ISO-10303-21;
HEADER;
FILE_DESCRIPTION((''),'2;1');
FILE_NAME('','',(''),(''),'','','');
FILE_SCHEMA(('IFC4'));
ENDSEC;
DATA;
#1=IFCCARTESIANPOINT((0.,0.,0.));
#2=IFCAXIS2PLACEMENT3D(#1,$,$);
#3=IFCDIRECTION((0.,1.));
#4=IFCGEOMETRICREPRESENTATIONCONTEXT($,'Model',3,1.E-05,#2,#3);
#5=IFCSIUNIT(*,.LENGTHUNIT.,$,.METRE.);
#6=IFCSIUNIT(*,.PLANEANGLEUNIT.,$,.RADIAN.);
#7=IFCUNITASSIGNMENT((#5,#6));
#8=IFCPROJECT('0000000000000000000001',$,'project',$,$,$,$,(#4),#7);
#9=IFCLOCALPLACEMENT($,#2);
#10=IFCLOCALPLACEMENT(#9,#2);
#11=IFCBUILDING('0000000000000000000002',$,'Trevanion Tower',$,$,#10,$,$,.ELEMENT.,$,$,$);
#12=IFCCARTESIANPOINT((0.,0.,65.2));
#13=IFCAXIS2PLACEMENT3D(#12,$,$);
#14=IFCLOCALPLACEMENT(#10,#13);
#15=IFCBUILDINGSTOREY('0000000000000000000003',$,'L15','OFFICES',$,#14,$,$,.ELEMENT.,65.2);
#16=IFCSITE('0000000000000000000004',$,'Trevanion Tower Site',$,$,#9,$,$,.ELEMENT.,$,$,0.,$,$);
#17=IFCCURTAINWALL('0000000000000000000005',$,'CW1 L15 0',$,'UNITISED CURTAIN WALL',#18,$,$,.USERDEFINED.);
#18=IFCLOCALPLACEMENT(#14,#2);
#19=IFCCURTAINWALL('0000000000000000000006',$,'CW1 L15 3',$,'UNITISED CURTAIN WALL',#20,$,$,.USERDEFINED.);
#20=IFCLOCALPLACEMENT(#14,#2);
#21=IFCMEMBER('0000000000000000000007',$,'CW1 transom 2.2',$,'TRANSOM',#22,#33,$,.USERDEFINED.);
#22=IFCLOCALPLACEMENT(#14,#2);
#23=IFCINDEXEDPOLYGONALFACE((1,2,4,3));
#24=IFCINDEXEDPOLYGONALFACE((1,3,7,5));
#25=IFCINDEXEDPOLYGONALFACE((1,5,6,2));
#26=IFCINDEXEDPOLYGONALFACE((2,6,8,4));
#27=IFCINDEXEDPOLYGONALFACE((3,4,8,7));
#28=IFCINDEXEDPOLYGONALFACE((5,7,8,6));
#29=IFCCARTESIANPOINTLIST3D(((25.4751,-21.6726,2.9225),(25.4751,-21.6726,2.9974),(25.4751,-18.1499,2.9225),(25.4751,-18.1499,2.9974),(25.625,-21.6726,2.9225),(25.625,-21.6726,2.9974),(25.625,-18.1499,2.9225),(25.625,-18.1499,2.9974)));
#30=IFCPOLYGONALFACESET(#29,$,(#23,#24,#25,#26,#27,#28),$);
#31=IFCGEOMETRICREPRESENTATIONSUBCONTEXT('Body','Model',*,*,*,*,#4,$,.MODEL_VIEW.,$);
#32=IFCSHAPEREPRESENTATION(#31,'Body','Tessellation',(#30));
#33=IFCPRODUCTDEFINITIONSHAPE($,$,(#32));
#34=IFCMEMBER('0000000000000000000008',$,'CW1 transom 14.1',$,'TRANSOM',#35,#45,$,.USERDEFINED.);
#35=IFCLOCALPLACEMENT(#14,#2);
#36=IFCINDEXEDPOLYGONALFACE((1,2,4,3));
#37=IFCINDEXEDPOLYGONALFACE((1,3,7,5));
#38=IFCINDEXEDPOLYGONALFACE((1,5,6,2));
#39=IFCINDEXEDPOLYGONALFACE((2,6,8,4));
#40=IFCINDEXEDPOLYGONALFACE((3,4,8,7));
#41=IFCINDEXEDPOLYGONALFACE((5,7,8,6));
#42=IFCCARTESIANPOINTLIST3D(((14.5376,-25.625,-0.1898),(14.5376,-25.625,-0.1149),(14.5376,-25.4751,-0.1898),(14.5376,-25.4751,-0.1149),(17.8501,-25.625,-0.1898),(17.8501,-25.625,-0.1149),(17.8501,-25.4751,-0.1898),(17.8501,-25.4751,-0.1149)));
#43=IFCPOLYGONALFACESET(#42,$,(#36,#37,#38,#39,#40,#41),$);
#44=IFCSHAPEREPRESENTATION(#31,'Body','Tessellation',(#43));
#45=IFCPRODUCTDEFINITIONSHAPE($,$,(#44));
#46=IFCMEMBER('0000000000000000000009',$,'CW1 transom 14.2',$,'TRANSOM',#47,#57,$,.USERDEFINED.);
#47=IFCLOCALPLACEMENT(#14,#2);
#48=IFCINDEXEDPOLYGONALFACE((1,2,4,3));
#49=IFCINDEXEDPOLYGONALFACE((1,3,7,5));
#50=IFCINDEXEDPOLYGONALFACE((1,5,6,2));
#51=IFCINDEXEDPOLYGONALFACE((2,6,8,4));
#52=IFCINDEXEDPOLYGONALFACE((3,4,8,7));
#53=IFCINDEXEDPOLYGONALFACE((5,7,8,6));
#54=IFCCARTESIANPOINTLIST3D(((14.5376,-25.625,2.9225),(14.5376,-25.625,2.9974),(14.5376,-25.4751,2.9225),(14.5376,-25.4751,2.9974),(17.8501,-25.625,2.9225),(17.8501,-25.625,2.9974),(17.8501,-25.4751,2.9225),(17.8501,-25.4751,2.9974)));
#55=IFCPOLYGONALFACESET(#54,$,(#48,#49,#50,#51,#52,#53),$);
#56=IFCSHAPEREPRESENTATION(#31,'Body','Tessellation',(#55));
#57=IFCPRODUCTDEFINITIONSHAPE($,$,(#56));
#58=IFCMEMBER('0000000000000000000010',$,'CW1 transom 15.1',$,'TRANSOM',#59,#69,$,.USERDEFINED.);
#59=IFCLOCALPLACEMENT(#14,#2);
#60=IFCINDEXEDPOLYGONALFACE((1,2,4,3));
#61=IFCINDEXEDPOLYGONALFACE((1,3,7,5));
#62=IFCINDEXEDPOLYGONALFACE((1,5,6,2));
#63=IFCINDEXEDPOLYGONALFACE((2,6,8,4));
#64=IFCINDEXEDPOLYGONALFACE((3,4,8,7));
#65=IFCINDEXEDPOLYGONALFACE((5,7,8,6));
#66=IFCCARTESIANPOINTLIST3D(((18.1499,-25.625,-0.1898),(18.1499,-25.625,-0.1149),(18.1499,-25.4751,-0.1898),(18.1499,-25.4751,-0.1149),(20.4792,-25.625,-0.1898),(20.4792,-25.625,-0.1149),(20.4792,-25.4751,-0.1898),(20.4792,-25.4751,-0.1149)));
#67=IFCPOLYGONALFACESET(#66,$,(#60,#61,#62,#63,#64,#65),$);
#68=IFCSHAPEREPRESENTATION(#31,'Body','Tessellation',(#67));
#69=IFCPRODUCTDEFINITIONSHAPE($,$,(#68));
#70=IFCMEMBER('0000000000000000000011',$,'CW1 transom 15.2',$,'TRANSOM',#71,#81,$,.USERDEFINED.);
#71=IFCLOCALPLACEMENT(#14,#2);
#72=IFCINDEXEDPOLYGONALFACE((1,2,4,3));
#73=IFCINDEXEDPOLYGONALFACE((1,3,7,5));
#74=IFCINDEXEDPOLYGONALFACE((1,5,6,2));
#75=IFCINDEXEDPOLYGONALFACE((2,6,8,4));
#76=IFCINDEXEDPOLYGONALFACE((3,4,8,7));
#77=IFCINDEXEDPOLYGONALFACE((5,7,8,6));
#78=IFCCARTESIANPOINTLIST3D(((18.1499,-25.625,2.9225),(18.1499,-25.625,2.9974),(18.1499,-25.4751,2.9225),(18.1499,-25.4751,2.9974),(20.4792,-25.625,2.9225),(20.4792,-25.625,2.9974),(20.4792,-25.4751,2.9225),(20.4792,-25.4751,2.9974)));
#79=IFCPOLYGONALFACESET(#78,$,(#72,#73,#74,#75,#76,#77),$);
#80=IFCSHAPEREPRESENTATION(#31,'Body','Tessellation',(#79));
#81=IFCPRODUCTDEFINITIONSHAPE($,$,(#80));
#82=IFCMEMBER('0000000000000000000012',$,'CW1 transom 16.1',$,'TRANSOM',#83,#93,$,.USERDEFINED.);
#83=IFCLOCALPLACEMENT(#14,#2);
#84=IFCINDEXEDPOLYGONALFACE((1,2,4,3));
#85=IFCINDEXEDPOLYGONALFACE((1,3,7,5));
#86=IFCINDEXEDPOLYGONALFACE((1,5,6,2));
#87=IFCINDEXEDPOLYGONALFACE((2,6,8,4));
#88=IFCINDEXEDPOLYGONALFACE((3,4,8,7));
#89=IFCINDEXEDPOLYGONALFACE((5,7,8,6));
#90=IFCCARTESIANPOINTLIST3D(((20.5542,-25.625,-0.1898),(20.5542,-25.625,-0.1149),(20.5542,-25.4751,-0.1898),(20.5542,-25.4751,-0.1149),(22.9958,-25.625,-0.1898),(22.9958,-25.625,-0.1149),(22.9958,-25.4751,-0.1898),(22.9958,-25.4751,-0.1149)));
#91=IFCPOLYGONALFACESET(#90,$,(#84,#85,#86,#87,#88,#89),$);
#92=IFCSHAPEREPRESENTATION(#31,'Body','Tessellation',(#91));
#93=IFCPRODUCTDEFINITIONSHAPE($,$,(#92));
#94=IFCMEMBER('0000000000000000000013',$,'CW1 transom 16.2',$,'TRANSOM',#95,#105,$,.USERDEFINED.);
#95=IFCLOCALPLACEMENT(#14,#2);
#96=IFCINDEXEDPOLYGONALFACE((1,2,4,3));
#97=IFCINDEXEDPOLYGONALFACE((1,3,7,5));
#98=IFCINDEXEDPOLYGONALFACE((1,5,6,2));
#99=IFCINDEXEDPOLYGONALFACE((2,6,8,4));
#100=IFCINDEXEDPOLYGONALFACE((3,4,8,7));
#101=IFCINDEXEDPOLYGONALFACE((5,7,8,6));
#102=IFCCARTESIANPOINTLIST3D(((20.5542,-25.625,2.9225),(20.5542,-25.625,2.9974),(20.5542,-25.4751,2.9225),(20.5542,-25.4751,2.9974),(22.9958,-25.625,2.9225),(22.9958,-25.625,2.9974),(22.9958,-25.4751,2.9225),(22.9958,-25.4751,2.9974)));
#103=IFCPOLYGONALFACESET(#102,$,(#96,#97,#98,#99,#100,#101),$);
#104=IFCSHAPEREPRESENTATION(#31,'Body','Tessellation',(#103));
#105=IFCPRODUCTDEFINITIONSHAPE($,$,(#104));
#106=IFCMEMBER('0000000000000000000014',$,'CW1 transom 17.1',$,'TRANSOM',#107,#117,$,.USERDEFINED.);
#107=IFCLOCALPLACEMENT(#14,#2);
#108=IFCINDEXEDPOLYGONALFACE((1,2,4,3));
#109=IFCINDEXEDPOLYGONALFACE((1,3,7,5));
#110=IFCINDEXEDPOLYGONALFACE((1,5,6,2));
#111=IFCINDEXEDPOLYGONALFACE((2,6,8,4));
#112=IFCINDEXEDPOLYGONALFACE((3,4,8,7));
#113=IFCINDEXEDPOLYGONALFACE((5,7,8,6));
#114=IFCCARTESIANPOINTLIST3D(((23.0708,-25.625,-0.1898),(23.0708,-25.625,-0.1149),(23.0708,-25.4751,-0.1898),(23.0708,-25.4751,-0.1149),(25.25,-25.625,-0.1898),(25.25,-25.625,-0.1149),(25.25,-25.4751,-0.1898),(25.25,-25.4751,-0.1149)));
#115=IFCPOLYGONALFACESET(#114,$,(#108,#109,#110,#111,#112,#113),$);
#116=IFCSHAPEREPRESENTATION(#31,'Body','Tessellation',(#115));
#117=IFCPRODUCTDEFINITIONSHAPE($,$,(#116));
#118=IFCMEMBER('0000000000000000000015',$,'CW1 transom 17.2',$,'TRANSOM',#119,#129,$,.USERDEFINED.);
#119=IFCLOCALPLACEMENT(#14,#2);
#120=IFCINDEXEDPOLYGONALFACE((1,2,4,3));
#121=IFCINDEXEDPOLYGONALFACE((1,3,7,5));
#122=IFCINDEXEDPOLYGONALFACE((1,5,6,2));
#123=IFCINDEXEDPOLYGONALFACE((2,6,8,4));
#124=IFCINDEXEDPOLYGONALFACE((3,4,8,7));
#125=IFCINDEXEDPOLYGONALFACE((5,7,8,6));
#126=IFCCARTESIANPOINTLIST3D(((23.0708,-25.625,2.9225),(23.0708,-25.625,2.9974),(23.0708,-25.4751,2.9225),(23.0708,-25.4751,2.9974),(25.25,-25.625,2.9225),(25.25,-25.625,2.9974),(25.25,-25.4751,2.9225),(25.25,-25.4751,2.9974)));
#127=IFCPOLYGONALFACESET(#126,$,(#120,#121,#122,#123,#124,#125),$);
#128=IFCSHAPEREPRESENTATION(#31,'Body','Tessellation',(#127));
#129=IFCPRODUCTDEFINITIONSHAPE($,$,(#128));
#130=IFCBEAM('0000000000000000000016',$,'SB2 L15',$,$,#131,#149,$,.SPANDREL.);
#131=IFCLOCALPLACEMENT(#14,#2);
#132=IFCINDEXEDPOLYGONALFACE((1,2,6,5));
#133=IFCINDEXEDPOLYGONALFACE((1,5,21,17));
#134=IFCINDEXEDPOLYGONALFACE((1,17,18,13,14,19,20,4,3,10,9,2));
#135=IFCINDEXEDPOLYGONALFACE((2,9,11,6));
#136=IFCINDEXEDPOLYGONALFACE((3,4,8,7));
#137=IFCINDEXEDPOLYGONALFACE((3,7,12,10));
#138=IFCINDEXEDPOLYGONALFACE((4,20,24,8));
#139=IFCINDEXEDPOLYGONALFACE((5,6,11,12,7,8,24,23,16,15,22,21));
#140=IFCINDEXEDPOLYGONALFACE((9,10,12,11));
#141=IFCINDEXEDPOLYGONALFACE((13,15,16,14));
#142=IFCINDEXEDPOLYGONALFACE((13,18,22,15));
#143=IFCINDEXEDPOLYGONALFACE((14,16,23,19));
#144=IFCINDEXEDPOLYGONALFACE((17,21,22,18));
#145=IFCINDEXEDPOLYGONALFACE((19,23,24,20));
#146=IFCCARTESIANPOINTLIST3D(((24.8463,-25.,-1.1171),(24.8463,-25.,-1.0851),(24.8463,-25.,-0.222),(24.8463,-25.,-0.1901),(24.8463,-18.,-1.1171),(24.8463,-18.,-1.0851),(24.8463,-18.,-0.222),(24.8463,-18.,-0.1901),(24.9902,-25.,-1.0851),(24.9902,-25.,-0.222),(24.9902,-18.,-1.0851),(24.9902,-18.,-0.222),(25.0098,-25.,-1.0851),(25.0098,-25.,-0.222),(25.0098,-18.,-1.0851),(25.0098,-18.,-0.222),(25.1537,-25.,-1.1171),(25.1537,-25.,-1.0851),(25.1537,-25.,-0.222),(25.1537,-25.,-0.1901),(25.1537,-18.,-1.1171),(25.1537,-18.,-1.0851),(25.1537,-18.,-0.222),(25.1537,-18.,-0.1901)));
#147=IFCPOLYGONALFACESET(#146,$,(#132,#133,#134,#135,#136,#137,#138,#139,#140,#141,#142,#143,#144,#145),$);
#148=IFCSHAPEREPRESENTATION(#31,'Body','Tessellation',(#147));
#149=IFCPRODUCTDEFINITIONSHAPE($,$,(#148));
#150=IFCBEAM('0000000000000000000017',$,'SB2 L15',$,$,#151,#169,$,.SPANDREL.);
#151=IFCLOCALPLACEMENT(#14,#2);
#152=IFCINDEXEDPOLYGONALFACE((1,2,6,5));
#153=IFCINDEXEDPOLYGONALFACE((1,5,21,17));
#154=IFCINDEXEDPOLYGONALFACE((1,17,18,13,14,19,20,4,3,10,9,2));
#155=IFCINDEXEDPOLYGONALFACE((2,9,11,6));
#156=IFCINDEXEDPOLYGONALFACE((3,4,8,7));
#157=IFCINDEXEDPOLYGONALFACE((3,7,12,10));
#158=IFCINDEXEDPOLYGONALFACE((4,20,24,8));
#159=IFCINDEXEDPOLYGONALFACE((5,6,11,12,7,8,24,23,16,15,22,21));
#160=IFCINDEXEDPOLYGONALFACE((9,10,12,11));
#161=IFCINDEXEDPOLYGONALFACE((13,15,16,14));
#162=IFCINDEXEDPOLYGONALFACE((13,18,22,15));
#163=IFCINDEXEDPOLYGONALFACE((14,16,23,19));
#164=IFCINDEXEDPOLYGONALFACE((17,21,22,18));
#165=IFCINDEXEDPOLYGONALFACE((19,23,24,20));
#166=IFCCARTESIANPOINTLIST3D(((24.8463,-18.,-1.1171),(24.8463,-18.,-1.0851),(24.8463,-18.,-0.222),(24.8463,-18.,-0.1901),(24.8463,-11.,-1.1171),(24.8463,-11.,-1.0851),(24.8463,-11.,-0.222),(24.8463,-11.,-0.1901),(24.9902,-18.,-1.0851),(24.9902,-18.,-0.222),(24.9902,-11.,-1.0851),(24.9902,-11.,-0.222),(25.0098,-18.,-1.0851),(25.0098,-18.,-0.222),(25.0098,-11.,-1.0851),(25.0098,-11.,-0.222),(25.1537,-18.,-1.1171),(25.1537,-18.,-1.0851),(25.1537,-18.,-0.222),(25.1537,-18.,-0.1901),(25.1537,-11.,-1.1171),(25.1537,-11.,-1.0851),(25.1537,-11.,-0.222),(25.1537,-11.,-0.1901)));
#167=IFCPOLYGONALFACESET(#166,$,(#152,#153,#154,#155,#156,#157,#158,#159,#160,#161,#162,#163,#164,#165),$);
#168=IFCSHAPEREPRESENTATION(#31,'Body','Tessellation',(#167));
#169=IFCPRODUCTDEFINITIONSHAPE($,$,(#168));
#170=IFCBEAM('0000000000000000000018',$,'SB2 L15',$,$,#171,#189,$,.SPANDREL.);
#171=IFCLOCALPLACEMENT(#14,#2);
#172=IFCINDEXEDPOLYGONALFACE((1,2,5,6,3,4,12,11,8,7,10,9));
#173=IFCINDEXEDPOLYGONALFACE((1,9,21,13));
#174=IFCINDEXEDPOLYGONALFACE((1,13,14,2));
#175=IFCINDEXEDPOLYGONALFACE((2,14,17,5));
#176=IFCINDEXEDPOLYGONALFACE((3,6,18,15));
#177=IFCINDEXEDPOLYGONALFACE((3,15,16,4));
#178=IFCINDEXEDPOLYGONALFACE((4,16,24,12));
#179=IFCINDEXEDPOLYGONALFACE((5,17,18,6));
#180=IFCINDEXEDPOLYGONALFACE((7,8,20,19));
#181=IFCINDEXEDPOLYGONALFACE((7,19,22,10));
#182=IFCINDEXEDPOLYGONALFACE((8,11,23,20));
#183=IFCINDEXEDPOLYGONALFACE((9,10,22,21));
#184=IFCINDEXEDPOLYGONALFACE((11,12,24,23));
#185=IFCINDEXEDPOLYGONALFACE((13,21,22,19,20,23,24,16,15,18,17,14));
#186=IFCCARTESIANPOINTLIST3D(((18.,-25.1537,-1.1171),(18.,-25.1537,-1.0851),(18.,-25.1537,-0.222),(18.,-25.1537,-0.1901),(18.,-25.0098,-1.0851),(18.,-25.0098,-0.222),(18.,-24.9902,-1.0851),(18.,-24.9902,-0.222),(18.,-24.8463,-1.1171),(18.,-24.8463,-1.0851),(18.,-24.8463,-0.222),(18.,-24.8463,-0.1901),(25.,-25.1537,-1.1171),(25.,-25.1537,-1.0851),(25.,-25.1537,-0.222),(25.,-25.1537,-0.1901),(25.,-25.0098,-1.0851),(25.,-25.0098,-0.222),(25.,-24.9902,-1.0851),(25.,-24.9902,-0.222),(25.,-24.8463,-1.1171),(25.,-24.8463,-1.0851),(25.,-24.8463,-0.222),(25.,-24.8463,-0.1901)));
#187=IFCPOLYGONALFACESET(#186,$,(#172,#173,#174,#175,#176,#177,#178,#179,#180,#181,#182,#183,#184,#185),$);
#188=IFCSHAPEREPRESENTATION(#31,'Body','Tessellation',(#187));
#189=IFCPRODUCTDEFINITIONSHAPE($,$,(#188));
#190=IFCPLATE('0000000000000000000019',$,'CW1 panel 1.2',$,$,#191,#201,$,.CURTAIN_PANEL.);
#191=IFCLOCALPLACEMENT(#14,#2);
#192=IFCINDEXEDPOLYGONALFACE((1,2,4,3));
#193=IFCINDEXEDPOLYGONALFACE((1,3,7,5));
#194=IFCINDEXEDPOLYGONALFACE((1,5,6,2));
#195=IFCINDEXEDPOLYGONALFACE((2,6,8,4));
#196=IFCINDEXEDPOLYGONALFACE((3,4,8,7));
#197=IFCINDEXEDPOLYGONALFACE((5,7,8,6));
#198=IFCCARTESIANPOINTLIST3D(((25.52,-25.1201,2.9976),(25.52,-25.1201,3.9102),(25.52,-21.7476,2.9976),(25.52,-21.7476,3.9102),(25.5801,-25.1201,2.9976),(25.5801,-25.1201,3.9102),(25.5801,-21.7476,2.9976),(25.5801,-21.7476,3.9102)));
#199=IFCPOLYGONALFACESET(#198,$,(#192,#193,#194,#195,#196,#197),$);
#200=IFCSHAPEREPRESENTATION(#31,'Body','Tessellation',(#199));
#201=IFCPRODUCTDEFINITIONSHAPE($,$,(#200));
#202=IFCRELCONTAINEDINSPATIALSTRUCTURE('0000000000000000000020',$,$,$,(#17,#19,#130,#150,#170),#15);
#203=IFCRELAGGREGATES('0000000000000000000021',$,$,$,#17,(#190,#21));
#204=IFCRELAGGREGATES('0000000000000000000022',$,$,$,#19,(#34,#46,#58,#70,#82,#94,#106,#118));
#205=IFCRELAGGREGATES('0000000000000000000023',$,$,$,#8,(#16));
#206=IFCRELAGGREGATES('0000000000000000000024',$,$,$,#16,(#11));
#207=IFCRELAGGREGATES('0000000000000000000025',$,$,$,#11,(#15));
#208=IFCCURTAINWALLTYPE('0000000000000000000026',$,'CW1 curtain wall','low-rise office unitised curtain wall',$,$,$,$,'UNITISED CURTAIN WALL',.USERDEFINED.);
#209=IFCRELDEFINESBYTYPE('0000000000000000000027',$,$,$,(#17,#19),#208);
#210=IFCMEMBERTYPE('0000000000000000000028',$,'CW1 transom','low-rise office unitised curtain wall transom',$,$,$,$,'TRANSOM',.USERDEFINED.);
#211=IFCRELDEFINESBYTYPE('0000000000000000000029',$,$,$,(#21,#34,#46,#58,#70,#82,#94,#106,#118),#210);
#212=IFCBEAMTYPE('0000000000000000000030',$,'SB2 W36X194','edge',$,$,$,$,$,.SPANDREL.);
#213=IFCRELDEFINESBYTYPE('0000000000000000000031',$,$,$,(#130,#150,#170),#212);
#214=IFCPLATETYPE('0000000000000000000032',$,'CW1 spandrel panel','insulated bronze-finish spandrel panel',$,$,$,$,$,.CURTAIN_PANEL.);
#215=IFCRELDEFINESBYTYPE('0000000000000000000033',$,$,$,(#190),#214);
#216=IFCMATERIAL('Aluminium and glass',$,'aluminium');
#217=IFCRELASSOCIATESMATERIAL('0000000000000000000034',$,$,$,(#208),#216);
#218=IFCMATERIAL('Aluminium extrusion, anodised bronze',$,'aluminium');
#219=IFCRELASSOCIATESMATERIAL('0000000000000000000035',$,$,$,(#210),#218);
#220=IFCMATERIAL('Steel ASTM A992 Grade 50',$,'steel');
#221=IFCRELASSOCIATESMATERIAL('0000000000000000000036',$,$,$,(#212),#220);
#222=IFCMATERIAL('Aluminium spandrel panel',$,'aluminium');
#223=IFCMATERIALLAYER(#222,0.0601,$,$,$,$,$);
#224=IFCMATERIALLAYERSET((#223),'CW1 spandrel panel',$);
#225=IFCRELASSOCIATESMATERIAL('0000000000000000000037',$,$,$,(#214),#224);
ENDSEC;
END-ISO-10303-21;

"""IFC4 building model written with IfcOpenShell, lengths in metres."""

from ifc_helpers import new_model, si_unit, direction, frame, origin, origin_2d, place, context, subcontext, project, spatial, rectangle, i_section, extrude, material, layer, layer_set, material_profile, profile_set, type_object, element, aggregate, save


model = new_model("IFC4")

# Units and contexts
model_context = context("Model", 3, precision=1e-05, world=origin(), true_north=direction((0.0, 1.0)))
body_context = subcontext(model_context, "Body", "Model", "MODEL_VIEW")
ifc_project = project(units=[si_unit("LENGTHUNIT", "METRE"), si_unit("PLANEANGLEUNIT", "RADIAN")], contexts=[model_context])

# Site, building, storey
site_placement = place(None, origin())
site = spatial("IfcSite", under=ifc_project, at=site_placement, Name="Trevanion Tower Site", CompositionType="ELEMENT", RefElevation=0.0)
building_placement = place(site_placement, origin())
building = spatial("IfcBuilding", under=site, at=building_placement, Name="Trevanion Tower", CompositionType="ELEMENT")
storey_placement = place(building_placement, frame((0.0, 0.0, 65.2)))
storey = spatial("IfcBuildingStorey", under=building, at=storey_placement, Name="L15", Description="OFFICES", CompositionType="ELEMENT", Elevation=65.2)

# Curtain wall
ifc_material_1 = material(Name="Aluminium and glass", Category="aluminium")
curtain_wall_type = type_object("IfcCurtainWallType", Name="CW1 curtain wall", Description="low-rise office unitised curtain wall", ElementType="UNITISED CURTAIN WALL", PredefinedType="USERDEFINED", material=ifc_material_1)
curtain_wall_1_placement = place(storey_placement, origin())
curtain_wall_1 = element("IfcCurtainWall", 1, at=curtain_wall_1_placement, inside=storey, type_object=curtain_wall_type, Name="CW1 L15 0", ObjectType="UNITISED CURTAIN WALL", PredefinedType="USERDEFINED")

# Curtain wall
curtain_wall_2_placement = place(storey_placement, origin())
curtain_wall_2 = element("IfcCurtainWall", 2, at=curtain_wall_2_placement, inside=storey, type_object=curtain_wall_type, Name="CW1 L15 3", ObjectType="UNITISED CURTAIN WALL", PredefinedType="USERDEFINED")

# Members
ifc_material_2 = material(Name="Aluminium extrusion, anodised bronze", Category="aluminium")
ifc_material_profile_1 = material_profile(ifc_material_2, rectangle(XDim=0.1499, YDim=0.075, at=origin_2d()), Name="CW1 transom")
ifc_profile_set_1 = profile_set([ifc_material_profile_1], Name="Aluminium extrusion, anodised bronze")
member_type_1 = type_object("IfcMemberType", Name="CW1 transom", Description="low-rise office unitised curtain wall transom", ElementType="TRANSOM", PredefinedType="USERDEFINED", material=ifc_profile_set_1)
member_1_placement = place(storey_placement, frame((25.55, -21.6726, 2.96), z_axis=(0.0, 1.0, 0.0), x_axis=(-1.0, 0.0, 0.0)))
member_1 = element("IfcMember", 3, at=member_1_placement, type_object=member_type_1, Name="CW1 transom 2.2", ObjectType="TRANSOM", PredefinedType="USERDEFINED", context=body_context, shape_type="SweptSolid", body=[
    extrude(rectangle(XDim=0.1499, YDim=0.075, at=origin_2d()), origin(), (0.0, 0.0, 1.0), 3.5227),
])
member_2_placement = place(storey_placement, frame((14.5376, -25.55, -0.1523), z_axis=(1.0, 0.0, 0.0), x_axis=(0.0, 1.0, 0.0)))
member_2 = element("IfcMember", 4, at=member_2_placement, type_object=member_type_1, Name="CW1 transom 14.1", ObjectType="TRANSOM", PredefinedType="USERDEFINED", context=body_context, shape_type="SweptSolid", body=[
    extrude(rectangle(XDim=0.1499, YDim=0.075, at=origin_2d()), origin(), (0.0, 0.0, 1.0), 3.3125),
])
member_3_placement = place(storey_placement, frame((14.5376, -25.55, 2.96), z_axis=(1.0, 0.0, 0.0), x_axis=(0.0, 1.0, 0.0)))
member_3 = element("IfcMember", 5, at=member_3_placement, type_object=member_type_1, Name="CW1 transom 14.2", ObjectType="TRANSOM", PredefinedType="USERDEFINED", context=body_context, shape_type="SweptSolid", body=[
    extrude(rectangle(XDim=0.1499, YDim=0.075, at=origin_2d()), origin(), (0.0, 0.0, 1.0), 3.3125),
])
member_4_placement = place(storey_placement, frame((18.1499, -25.55, -0.1523), z_axis=(1.0, 0.0, 0.0), x_axis=(0.0, 1.0, 0.0)))
member_4 = element("IfcMember", 6, at=member_4_placement, type_object=member_type_1, Name="CW1 transom 15.1", ObjectType="TRANSOM", PredefinedType="USERDEFINED", context=body_context, shape_type="SweptSolid", body=[
    extrude(rectangle(XDim=0.1499, YDim=0.075, at=origin_2d()), origin(), (0.0, 0.0, 1.0), 2.3293),
])
member_5_placement = place(storey_placement, frame((18.1499, -25.55, 2.96), z_axis=(1.0, 0.0, 0.0), x_axis=(0.0, 1.0, 0.0)))
member_5 = element("IfcMember", 7, at=member_5_placement, type_object=member_type_1, Name="CW1 transom 15.2", ObjectType="TRANSOM", PredefinedType="USERDEFINED", context=body_context, shape_type="SweptSolid", body=[
    extrude(rectangle(XDim=0.1499, YDim=0.075, at=origin_2d()), origin(), (0.0, 0.0, 1.0), 2.3293),
])
member_6_placement = place(storey_placement, frame((20.5542, -25.55, -0.1523), z_axis=(1.0, 0.0, 0.0), x_axis=(0.0, 1.0, 0.0)))
member_6 = element("IfcMember", 8, at=member_6_placement, type_object=member_type_1, Name="CW1 transom 16.1", ObjectType="TRANSOM", PredefinedType="USERDEFINED", context=body_context, shape_type="SweptSolid", body=[
    extrude(rectangle(XDim=0.1499, YDim=0.075, at=origin_2d()), origin(), (0.0, 0.0, 1.0), 2.4417),
])
member_7_placement = place(storey_placement, frame((20.5542, -25.55, 2.96), z_axis=(1.0, 0.0, 0.0), x_axis=(0.0, 1.0, 0.0)))
member_7 = element("IfcMember", 9, at=member_7_placement, type_object=member_type_1, Name="CW1 transom 16.2", ObjectType="TRANSOM", PredefinedType="USERDEFINED", context=body_context, shape_type="SweptSolid", body=[
    extrude(rectangle(XDim=0.1499, YDim=0.075, at=origin_2d()), origin(), (0.0, 0.0, 1.0), 2.4417),
])
member_8_placement = place(storey_placement, frame((23.0708, -25.55, -0.1523), z_axis=(1.0, 0.0, 0.0), x_axis=(0.0, 1.0, 0.0)))
member_8 = element("IfcMember", 10, at=member_8_placement, type_object=member_type_1, Name="CW1 transom 17.1", ObjectType="TRANSOM", PredefinedType="USERDEFINED", context=body_context, shape_type="SweptSolid", body=[
    extrude(rectangle(XDim=0.1499, YDim=0.075, at=origin_2d()), origin(), (0.0, 0.0, 1.0), 2.1792),
])
member_9_placement = place(storey_placement, frame((23.0708, -25.55, 2.96), z_axis=(1.0, 0.0, 0.0), x_axis=(0.0, 1.0, 0.0)))
member_9 = element("IfcMember", 11, at=member_9_placement, type_object=member_type_1, Name="CW1 transom 17.2", ObjectType="TRANSOM", PredefinedType="USERDEFINED", context=body_context, shape_type="SweptSolid", body=[
    extrude(rectangle(XDim=0.1499, YDim=0.075, at=origin_2d()), origin(), (0.0, 0.0, 1.0), 2.1792),
])

# Beams
ifc_material_3 = material(Name="Steel ASTM A992 Grade 50", Category="steel")
ifc_material_profile_2 = material_profile(ifc_material_3, i_section(OverallWidth=0.3074, OverallDepth=0.927, WebThickness=0.0195, FlangeThickness=0.032, at=origin_2d()), Name="W36X194")
ifc_profile_set_2 = profile_set([ifc_material_profile_2], Name="Steel ASTM A992 Grade 50")
beam_type = type_object("IfcBeamType", Name="SB2 W36X194", Description="edge", PredefinedType="SPANDREL", material=ifc_profile_set_2)
for number, where, z_axis, x_axis, name in (
    (12, (25.0, -25.0, -0.6536), (0.0, 1.0, 0.0), (-1.0, 0.0, 0.0), "SB2 L15"),
    (13, (25.0, -18.0, -0.6536), (0.0, 1.0, 0.0), (-1.0, 0.0, 0.0), "SB2 L15"),
    (14, (18.0, -25.0, -0.6536), (1.0, 0.0, 0.0), (0.0, 1.0, 0.0), "SB2 L15"),
):
    element("IfcBeam", number, at=place(storey_placement, frame(where, z_axis=z_axis, x_axis=x_axis)), inside=storey, type_object=beam_type, Name=name, PredefinedType="SPANDREL", context=body_context, shape_type="SweptSolid", body=[
        extrude(i_section(OverallWidth=0.3074, OverallDepth=0.927, WebThickness=0.0195, FlangeThickness=0.032, at=origin_2d()), origin(), (0.0, 0.0, 1.0), 7.0),
    ])

# Plate
ifc_material_4 = material(Name="Aluminium spandrel panel", Category="aluminium")
ifc_layer_1 = layer(ifc_material_4, 0.0601)
ifc_layer_set_1 = layer_set([ifc_layer_1], Name="CW1 spandrel panel")
plate_type_1 = type_object("IfcPlateType", Name="CW1 spandrel panel", Description="insulated bronze-finish spandrel panel", PredefinedType="CURTAIN_PANEL", material=ifc_layer_set_1)
plate_1_placement = place(storey_placement, frame((25.55, -23.4338, 2.9976), z_axis=(0.0, 0.0, 1.0), x_axis=(0.0, 1.0, 0.0)))
plate_1 = element("IfcPlate", 15, at=plate_1_placement, type_object=plate_type_1, Name="CW1 panel 1.2", PredefinedType="CURTAIN_PANEL", context=body_context, shape_type="SweptSolid", body=[
    extrude(rectangle(XDim=3.3726, YDim=0.0601, at=origin_2d()), origin(), (0.0, 0.0, 1.0), 0.9126),
])
aggregate(curtain_wall_1, [plate_1, member_1])
aggregate(curtain_wall_2, [member_2, member_3, member_4, member_5, member_6, member_7, member_8, member_9])

save(model, "model.ifc")
